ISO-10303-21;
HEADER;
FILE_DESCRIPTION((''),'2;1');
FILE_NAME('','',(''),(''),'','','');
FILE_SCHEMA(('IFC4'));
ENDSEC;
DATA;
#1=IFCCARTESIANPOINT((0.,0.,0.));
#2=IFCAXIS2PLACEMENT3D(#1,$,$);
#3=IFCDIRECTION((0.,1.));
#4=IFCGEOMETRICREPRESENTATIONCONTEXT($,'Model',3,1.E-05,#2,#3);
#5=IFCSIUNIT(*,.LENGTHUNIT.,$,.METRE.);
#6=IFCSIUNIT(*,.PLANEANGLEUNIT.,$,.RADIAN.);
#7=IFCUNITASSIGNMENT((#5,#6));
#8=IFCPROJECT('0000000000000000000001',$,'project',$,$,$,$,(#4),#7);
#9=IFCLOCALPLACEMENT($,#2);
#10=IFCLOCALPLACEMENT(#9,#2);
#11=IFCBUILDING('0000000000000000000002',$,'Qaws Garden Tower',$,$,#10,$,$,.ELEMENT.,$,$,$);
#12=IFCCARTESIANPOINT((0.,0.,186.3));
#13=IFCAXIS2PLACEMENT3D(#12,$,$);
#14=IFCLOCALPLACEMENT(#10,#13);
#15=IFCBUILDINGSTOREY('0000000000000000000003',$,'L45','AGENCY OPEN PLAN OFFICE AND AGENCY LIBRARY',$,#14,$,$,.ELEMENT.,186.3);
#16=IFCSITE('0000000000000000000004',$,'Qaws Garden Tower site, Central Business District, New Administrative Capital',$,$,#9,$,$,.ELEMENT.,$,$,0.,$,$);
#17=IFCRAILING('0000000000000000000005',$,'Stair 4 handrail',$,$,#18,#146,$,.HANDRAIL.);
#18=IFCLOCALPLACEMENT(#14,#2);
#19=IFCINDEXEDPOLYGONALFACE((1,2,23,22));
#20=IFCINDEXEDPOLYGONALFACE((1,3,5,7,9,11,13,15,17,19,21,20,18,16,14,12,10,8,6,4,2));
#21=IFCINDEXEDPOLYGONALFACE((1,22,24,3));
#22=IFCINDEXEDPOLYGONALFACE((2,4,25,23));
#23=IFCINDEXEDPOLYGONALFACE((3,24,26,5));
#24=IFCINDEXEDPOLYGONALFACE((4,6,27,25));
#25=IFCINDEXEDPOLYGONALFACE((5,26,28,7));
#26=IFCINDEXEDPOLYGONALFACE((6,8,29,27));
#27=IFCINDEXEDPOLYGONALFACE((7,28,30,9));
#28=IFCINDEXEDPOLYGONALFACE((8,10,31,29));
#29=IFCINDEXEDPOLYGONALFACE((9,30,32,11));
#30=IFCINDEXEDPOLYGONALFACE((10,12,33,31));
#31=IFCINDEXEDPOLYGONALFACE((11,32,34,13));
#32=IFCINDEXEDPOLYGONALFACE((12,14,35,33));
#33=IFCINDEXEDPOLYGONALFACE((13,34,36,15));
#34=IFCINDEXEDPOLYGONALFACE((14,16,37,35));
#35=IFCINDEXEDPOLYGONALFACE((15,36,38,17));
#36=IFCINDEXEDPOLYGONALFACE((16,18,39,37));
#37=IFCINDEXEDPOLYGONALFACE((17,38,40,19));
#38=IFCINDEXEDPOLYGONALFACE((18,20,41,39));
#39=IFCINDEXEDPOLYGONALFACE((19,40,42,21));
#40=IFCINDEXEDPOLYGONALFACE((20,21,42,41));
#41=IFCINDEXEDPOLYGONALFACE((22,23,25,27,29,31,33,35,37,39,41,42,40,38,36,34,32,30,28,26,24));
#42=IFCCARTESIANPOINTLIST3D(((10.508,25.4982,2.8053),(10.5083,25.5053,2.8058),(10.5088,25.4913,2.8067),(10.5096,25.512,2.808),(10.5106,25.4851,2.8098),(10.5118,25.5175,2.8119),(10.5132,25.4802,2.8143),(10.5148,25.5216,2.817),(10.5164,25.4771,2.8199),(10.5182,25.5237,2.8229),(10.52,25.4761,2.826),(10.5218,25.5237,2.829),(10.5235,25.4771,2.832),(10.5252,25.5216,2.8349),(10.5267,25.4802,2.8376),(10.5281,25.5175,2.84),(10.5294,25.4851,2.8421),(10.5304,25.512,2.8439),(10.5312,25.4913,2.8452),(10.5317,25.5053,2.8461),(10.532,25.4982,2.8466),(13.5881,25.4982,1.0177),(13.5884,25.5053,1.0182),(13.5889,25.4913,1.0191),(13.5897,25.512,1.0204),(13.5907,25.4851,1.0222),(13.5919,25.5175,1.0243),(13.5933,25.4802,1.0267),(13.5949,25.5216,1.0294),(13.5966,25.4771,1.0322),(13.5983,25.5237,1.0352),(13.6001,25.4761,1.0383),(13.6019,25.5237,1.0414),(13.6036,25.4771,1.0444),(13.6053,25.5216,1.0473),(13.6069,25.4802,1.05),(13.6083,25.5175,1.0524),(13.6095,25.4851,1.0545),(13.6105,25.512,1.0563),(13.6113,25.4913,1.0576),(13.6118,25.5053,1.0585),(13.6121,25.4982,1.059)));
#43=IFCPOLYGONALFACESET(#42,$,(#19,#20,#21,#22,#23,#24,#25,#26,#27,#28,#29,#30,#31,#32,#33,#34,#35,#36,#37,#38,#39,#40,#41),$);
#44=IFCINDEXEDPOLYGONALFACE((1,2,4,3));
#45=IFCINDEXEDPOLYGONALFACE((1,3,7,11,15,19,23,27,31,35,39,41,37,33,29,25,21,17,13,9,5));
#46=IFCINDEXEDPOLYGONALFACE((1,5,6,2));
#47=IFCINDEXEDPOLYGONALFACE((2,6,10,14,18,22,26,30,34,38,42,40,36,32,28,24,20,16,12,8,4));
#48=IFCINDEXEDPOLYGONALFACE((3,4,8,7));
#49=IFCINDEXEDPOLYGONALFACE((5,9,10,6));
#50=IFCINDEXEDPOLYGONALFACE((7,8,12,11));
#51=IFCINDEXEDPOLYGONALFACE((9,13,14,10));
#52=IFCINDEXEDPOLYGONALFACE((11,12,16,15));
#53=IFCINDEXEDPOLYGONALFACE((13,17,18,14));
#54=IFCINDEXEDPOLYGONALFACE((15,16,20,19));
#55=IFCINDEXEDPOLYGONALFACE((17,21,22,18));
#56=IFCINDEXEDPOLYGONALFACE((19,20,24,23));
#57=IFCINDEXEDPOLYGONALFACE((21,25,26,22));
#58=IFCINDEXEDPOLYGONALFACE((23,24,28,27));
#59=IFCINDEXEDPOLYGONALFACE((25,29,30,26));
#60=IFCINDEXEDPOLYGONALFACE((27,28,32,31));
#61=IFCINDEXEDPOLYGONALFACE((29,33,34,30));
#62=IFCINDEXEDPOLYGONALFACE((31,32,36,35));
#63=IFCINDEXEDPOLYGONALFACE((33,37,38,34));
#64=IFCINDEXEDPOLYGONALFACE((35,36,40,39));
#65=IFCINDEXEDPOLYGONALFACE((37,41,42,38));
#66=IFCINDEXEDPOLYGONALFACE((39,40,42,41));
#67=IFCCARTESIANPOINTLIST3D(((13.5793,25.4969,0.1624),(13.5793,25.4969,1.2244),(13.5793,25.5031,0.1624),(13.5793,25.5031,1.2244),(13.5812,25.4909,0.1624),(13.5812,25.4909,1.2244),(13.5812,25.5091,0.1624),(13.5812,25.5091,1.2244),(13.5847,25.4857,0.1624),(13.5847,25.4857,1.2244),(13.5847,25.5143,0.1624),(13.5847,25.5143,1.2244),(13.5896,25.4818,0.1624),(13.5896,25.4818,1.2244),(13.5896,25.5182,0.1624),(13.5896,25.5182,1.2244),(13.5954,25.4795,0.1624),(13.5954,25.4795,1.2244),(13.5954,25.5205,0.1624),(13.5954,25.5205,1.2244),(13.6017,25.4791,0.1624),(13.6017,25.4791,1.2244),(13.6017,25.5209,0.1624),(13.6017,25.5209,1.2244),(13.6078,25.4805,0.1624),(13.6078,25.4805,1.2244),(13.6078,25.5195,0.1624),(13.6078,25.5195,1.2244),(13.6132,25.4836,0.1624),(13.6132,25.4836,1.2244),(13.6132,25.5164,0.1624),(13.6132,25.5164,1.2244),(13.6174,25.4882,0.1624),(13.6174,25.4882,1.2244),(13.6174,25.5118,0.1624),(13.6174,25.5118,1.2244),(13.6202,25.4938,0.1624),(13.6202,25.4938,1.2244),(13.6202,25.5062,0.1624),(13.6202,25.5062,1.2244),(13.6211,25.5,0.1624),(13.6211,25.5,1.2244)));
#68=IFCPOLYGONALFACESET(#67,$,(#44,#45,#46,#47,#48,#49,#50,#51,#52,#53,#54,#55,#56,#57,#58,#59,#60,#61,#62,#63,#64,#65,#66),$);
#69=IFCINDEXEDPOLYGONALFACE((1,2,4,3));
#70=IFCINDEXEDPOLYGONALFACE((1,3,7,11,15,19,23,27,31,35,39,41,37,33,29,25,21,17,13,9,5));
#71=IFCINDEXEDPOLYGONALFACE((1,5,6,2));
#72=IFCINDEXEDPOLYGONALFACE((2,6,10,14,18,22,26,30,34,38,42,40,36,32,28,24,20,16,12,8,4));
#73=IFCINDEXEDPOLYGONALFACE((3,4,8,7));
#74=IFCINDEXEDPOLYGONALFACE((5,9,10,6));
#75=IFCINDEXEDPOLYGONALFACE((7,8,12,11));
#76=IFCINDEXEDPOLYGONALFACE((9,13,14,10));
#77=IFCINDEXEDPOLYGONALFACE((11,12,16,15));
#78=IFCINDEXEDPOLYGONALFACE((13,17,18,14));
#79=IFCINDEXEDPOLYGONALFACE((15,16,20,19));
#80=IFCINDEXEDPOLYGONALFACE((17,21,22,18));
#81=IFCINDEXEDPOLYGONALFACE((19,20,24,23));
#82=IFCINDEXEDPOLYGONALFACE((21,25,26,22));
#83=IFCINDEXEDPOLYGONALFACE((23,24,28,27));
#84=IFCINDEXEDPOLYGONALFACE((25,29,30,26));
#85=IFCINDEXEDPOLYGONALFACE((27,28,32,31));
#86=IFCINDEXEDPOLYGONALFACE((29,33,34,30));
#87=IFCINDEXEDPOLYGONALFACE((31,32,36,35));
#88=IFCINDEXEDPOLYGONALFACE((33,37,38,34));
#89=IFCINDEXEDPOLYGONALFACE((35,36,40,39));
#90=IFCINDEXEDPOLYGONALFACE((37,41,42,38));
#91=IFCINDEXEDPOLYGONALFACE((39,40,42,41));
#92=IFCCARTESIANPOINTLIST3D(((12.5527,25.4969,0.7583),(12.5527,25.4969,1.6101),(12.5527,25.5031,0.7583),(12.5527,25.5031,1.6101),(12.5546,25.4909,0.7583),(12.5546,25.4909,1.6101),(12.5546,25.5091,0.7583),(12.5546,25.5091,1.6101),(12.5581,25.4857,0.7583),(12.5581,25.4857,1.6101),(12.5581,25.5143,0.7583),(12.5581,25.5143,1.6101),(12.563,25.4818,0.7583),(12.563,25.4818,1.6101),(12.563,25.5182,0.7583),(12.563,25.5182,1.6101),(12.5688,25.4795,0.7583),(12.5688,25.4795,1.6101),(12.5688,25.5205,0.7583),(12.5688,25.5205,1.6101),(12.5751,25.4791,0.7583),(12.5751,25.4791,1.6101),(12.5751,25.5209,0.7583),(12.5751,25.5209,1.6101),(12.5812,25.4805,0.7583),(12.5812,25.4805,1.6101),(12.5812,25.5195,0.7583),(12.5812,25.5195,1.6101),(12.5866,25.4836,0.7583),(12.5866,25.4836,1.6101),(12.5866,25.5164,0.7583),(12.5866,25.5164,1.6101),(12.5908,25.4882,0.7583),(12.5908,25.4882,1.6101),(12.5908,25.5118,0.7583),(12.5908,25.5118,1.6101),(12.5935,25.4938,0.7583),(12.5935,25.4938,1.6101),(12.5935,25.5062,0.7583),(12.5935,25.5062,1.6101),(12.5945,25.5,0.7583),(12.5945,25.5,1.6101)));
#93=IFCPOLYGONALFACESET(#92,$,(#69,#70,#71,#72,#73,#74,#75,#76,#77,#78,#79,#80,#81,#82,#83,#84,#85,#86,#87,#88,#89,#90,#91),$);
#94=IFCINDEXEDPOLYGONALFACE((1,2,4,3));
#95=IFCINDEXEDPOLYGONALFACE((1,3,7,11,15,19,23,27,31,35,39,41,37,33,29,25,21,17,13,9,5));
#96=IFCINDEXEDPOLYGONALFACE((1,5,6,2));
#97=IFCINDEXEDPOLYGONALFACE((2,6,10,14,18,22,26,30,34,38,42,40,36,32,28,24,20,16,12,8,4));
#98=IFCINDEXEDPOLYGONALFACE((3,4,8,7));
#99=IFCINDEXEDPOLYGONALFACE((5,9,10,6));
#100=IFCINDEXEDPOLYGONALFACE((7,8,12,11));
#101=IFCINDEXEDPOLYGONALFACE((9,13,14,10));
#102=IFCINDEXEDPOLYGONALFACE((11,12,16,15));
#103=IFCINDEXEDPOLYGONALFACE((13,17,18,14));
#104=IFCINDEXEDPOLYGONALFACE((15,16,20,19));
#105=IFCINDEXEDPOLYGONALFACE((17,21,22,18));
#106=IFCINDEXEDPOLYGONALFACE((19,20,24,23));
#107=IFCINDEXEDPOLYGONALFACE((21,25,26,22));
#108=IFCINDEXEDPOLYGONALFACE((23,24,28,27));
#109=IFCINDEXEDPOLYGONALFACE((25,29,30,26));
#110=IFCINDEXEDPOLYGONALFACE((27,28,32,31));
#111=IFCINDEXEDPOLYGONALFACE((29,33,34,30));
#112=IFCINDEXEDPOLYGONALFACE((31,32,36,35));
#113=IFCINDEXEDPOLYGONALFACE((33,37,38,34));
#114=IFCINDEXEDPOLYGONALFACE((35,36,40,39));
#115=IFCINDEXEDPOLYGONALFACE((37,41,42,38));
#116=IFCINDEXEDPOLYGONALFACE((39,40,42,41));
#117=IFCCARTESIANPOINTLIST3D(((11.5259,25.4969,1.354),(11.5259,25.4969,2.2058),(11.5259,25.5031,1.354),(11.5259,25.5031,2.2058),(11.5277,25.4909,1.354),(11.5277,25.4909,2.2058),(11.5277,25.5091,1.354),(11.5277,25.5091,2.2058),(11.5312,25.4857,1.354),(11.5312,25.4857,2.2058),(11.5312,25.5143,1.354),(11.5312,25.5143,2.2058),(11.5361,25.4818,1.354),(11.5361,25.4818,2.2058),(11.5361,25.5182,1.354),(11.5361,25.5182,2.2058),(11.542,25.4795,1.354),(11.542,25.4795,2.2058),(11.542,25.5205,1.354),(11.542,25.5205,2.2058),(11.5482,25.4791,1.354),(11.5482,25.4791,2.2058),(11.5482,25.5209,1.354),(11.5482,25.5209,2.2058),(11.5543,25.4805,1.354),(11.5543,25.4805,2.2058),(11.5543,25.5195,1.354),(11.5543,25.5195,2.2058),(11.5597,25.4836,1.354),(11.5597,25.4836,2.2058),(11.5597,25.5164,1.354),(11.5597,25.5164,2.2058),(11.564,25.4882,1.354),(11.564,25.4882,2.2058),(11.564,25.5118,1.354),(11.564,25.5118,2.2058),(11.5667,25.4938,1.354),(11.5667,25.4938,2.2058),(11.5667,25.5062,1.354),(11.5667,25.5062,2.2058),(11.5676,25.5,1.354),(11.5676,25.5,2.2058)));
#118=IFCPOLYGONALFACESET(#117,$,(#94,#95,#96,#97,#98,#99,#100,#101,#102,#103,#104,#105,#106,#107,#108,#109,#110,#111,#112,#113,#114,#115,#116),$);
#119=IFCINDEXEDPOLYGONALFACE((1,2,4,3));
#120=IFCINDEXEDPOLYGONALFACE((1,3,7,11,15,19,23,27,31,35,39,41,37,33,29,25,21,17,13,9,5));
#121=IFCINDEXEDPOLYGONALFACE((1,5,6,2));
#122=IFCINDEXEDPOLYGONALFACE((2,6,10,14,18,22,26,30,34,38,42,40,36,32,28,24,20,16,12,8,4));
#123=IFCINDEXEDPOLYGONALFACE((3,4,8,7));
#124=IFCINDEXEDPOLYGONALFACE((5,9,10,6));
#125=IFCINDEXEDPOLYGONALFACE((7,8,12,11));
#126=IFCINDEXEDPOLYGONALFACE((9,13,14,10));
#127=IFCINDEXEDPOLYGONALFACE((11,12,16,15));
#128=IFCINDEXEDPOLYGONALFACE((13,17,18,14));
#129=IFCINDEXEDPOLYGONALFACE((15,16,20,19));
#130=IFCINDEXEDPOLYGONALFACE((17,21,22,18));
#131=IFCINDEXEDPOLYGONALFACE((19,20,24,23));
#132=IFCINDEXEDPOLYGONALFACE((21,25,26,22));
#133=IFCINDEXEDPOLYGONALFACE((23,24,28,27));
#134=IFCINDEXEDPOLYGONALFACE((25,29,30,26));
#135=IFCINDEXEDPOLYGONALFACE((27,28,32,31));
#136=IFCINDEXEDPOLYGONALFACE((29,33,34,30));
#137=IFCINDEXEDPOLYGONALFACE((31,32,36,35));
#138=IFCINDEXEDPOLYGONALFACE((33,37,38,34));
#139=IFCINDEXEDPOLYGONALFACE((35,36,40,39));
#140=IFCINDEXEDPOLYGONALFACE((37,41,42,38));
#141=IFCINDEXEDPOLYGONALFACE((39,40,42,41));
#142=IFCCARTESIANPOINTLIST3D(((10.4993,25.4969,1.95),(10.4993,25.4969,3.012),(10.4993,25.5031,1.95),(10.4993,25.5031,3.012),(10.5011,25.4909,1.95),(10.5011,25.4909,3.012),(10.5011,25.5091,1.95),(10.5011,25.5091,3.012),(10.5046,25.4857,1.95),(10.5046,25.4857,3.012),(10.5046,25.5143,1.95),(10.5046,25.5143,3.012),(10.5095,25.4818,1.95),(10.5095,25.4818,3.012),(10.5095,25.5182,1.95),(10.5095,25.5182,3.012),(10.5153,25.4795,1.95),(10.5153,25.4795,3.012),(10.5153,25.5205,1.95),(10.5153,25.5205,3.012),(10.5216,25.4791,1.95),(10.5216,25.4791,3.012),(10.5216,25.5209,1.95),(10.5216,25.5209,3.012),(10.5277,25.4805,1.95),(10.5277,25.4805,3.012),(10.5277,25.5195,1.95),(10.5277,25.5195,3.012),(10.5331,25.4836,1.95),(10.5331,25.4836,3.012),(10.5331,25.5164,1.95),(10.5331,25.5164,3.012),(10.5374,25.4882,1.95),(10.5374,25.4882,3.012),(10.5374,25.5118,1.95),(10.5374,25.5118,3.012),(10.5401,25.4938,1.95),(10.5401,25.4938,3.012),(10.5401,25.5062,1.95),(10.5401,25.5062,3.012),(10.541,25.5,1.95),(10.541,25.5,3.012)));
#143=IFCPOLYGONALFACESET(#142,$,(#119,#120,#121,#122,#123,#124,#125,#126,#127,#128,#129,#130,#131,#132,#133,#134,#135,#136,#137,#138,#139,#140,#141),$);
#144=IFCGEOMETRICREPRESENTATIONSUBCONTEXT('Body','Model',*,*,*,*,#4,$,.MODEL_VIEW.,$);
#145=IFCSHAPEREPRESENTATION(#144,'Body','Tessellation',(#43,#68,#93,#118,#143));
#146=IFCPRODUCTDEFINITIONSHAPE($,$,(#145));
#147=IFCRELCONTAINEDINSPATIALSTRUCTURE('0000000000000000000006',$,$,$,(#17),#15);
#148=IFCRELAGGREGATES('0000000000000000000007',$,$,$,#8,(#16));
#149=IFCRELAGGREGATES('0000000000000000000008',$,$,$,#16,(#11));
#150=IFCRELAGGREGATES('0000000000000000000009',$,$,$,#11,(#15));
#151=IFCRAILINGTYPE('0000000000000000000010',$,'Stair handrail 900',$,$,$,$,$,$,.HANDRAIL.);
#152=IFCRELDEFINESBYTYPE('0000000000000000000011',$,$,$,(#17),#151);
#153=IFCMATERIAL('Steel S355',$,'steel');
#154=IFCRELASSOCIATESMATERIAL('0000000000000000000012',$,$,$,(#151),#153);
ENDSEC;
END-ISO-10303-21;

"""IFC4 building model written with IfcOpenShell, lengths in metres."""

from ifc_helpers import new_model, si_unit, direction, frame, origin, origin_2d, place, context, subcontext, project, spatial, circle, extrude, material, type_object, element, save


model = new_model("IFC4")

# Units and contexts
model_context = context("Model", 3, precision=1e-05, world=origin(), true_north=direction((0.0, 1.0)))
body_context = subcontext(model_context, "Body", "Model", "MODEL_VIEW")
ifc_project = project(units=[si_unit("LENGTHUNIT", "METRE"), si_unit("PLANEANGLEUNIT", "RADIAN")], contexts=[model_context])

# Site, building, storey
site_placement = place(None, origin())
site = spatial("IfcSite", under=ifc_project, at=site_placement, Name="Qaws Garden Tower site, Central Business District, New Administrative Capital", CompositionType="ELEMENT", RefElevation=0.0)
building_placement = place(site_placement, origin())
building = spatial("IfcBuilding", under=site, at=building_placement, Name="Qaws Garden Tower", CompositionType="ELEMENT")
storey_placement = place(building_placement, frame((0.0, 0.0, 186.3)))
storey = spatial("IfcBuildingStorey", under=building, at=storey_placement, Name="L45", Description="AGENCY OPEN PLAN OFFICE AND AGENCY LIBRARY", CompositionType="ELEMENT", Elevation=186.3)

# Railing
ifc_material_1 = material(Name="Steel S355", Category="steel")
railing_type = type_object("IfcRailingType", Name="Stair handrail 900", PredefinedType="HANDRAIL", material=ifc_material_1)
railing_1_placement = place(storey_placement, frame((13.6001, 25.5, 0.1624)))
element("IfcRailing", 1, at=railing_1_placement, inside=storey, type_object=railing_type, Name="Stair 4 handrail", PredefinedType="HANDRAIL", context=body_context, shape_type="SweptSolid", body=[
    extrude(circle(Radius=0.0239, at=origin_2d()), frame((0.0, 0.0, 0.876), z_axis=(-0.864891, 0.0, 0.50196), x_axis=(0.0, -1.0, 0.0)), (0.0, 0.0, 1.0), 3.5613),
    extrude(circle(Radius=0.021, at=origin_2d()), origin(), (0.0, 0.0, 1.0), 1.062),
    extrude(circle(Radius=0.021, at=origin_2d()), frame((-1.0266, 0.0, 0.5959)), (0.0, 0.0, 1.0), 0.8518),
    extrude(circle(Radius=0.021, at=origin_2d()), frame((-2.0535, 0.0, 1.1917)), (0.0, 0.0, 1.0), 0.8518),
    extrude(circle(Radius=0.021, at=origin_2d()), frame((-3.0801, 0.0, 1.7876)), (0.0, 0.0, 1.0), 1.062),
])

save(model, "model.ifc")
